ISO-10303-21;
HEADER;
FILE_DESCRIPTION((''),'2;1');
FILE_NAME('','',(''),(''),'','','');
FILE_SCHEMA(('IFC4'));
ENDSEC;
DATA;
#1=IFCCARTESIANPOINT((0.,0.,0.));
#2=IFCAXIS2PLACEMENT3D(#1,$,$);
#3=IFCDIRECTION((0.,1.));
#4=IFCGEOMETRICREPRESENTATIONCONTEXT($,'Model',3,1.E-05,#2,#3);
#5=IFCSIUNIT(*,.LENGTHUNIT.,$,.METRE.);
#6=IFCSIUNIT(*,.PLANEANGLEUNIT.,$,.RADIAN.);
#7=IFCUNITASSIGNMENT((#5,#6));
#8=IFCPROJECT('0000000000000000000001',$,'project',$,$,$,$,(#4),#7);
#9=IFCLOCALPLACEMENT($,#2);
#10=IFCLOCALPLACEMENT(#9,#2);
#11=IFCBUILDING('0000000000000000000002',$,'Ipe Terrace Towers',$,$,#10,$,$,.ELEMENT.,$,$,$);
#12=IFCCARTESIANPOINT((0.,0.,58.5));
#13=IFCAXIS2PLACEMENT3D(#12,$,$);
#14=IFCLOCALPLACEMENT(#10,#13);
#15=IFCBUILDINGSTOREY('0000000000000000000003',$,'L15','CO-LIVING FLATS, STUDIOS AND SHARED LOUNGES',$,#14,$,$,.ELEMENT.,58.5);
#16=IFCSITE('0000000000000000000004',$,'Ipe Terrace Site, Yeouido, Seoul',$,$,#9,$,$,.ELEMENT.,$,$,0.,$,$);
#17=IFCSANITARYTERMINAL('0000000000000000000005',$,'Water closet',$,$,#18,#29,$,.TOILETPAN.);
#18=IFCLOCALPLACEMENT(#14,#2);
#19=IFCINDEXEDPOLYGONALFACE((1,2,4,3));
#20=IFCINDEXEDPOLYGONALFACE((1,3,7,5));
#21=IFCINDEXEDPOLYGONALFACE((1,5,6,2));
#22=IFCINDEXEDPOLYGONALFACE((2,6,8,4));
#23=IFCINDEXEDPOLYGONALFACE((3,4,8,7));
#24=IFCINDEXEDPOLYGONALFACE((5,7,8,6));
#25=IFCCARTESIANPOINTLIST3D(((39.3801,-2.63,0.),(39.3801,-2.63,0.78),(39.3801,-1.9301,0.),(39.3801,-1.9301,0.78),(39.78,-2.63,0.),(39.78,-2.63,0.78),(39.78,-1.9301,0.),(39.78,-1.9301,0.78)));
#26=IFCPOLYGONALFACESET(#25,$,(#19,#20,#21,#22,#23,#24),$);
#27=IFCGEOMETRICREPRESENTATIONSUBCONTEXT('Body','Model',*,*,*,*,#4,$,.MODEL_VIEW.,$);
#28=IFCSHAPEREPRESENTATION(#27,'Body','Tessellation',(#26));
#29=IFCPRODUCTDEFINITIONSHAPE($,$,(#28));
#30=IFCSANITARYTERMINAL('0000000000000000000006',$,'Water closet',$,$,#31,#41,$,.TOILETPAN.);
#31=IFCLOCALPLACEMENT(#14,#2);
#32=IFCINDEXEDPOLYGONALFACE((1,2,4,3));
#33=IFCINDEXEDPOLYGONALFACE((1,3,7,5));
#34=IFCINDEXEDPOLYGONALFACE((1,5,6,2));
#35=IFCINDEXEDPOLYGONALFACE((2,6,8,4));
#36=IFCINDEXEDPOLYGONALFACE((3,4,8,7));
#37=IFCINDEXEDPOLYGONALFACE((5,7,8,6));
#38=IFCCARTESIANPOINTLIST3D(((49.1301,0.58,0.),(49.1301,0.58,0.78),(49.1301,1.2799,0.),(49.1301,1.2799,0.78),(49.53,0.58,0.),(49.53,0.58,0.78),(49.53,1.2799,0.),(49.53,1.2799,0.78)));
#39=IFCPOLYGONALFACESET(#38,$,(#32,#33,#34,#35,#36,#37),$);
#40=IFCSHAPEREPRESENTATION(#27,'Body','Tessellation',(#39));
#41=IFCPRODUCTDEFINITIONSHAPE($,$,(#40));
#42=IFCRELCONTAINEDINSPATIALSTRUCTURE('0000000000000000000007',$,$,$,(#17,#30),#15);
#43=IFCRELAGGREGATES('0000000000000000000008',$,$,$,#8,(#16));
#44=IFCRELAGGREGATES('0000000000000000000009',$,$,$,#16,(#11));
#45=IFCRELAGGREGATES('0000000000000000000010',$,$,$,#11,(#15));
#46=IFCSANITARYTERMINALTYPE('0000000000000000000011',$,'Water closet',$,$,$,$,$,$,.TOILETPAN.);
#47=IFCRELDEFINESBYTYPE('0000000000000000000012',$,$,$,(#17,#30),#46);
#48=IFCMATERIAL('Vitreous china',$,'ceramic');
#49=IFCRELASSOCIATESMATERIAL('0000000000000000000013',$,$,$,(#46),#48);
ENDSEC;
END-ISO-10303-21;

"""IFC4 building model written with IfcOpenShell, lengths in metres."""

from ifc_helpers import new_model, si_unit, direction, frame, origin, origin_2d, place, context, subcontext, project, spatial, rectangle, extrude, material, type_object, element, save


model = new_model("IFC4")

# Units and contexts
model_context = context("Model", 3, precision=1e-05, world=origin(), true_north=direction((0.0, 1.0)))
body_context = subcontext(model_context, "Body", "Model", "MODEL_VIEW")
ifc_project = project(units=[si_unit("LENGTHUNIT", "METRE"), si_unit("PLANEANGLEUNIT", "RADIAN")], contexts=[model_context])

# Site, building, storey
site_placement = place(None, origin())
site = spatial("IfcSite", under=ifc_project, at=site_placement, Name="Ipe Terrace Site, Yeouido, Seoul", CompositionType="ELEMENT", RefElevation=0.0)
building_placement = place(site_placement, origin())
building = spatial("IfcBuilding", under=site, at=building_placement, Name="Ipe Terrace Towers", CompositionType="ELEMENT")
storey_placement = place(building_placement, frame((0.0, 0.0, 58.5)))
storey = spatial("IfcBuildingStorey", under=building, at=storey_placement, Name="L15", Description="CO-LIVING FLATS, STUDIOS AND SHARED LOUNGES", CompositionType="ELEMENT", Elevation=58.5)

# Sanitary terminals
ifc_material_1 = material(Name="Vitreous china", Category="ceramic")
sanitary_terminal_type_1 = type_object("IfcSanitaryTerminalType", Name="Water closet", PredefinedType="TOILETPAN", material=ifc_material_1)
for number, where, z_axis, x_axis, name in (
    (1, (39.5801, -2.28, 0.0), (0.0, 0.0, 1.0), (0.0, 1.0, 0.0), "Water closet"),
    (2, (49.3301, 0.9299, 0.0), (0.0, 0.0, 1.0), (0.0, -1.0, 0.0), "Water closet"),
):
    element("IfcSanitaryTerminal", number, at=place(storey_placement, frame(where, z_axis=z_axis, x_axis=x_axis)), inside=storey, type_object=sanitary_terminal_type_1, Name=name, PredefinedType="TOILETPAN", context=body_context, shape_type="SweptSolid", body=[
        extrude(rectangle(XDim=0.7, YDim=0.3999, at=origin_2d()), origin(), (0.0, 0.0, 1.0), 0.78),
    ])

save(model, "model.ifc")
